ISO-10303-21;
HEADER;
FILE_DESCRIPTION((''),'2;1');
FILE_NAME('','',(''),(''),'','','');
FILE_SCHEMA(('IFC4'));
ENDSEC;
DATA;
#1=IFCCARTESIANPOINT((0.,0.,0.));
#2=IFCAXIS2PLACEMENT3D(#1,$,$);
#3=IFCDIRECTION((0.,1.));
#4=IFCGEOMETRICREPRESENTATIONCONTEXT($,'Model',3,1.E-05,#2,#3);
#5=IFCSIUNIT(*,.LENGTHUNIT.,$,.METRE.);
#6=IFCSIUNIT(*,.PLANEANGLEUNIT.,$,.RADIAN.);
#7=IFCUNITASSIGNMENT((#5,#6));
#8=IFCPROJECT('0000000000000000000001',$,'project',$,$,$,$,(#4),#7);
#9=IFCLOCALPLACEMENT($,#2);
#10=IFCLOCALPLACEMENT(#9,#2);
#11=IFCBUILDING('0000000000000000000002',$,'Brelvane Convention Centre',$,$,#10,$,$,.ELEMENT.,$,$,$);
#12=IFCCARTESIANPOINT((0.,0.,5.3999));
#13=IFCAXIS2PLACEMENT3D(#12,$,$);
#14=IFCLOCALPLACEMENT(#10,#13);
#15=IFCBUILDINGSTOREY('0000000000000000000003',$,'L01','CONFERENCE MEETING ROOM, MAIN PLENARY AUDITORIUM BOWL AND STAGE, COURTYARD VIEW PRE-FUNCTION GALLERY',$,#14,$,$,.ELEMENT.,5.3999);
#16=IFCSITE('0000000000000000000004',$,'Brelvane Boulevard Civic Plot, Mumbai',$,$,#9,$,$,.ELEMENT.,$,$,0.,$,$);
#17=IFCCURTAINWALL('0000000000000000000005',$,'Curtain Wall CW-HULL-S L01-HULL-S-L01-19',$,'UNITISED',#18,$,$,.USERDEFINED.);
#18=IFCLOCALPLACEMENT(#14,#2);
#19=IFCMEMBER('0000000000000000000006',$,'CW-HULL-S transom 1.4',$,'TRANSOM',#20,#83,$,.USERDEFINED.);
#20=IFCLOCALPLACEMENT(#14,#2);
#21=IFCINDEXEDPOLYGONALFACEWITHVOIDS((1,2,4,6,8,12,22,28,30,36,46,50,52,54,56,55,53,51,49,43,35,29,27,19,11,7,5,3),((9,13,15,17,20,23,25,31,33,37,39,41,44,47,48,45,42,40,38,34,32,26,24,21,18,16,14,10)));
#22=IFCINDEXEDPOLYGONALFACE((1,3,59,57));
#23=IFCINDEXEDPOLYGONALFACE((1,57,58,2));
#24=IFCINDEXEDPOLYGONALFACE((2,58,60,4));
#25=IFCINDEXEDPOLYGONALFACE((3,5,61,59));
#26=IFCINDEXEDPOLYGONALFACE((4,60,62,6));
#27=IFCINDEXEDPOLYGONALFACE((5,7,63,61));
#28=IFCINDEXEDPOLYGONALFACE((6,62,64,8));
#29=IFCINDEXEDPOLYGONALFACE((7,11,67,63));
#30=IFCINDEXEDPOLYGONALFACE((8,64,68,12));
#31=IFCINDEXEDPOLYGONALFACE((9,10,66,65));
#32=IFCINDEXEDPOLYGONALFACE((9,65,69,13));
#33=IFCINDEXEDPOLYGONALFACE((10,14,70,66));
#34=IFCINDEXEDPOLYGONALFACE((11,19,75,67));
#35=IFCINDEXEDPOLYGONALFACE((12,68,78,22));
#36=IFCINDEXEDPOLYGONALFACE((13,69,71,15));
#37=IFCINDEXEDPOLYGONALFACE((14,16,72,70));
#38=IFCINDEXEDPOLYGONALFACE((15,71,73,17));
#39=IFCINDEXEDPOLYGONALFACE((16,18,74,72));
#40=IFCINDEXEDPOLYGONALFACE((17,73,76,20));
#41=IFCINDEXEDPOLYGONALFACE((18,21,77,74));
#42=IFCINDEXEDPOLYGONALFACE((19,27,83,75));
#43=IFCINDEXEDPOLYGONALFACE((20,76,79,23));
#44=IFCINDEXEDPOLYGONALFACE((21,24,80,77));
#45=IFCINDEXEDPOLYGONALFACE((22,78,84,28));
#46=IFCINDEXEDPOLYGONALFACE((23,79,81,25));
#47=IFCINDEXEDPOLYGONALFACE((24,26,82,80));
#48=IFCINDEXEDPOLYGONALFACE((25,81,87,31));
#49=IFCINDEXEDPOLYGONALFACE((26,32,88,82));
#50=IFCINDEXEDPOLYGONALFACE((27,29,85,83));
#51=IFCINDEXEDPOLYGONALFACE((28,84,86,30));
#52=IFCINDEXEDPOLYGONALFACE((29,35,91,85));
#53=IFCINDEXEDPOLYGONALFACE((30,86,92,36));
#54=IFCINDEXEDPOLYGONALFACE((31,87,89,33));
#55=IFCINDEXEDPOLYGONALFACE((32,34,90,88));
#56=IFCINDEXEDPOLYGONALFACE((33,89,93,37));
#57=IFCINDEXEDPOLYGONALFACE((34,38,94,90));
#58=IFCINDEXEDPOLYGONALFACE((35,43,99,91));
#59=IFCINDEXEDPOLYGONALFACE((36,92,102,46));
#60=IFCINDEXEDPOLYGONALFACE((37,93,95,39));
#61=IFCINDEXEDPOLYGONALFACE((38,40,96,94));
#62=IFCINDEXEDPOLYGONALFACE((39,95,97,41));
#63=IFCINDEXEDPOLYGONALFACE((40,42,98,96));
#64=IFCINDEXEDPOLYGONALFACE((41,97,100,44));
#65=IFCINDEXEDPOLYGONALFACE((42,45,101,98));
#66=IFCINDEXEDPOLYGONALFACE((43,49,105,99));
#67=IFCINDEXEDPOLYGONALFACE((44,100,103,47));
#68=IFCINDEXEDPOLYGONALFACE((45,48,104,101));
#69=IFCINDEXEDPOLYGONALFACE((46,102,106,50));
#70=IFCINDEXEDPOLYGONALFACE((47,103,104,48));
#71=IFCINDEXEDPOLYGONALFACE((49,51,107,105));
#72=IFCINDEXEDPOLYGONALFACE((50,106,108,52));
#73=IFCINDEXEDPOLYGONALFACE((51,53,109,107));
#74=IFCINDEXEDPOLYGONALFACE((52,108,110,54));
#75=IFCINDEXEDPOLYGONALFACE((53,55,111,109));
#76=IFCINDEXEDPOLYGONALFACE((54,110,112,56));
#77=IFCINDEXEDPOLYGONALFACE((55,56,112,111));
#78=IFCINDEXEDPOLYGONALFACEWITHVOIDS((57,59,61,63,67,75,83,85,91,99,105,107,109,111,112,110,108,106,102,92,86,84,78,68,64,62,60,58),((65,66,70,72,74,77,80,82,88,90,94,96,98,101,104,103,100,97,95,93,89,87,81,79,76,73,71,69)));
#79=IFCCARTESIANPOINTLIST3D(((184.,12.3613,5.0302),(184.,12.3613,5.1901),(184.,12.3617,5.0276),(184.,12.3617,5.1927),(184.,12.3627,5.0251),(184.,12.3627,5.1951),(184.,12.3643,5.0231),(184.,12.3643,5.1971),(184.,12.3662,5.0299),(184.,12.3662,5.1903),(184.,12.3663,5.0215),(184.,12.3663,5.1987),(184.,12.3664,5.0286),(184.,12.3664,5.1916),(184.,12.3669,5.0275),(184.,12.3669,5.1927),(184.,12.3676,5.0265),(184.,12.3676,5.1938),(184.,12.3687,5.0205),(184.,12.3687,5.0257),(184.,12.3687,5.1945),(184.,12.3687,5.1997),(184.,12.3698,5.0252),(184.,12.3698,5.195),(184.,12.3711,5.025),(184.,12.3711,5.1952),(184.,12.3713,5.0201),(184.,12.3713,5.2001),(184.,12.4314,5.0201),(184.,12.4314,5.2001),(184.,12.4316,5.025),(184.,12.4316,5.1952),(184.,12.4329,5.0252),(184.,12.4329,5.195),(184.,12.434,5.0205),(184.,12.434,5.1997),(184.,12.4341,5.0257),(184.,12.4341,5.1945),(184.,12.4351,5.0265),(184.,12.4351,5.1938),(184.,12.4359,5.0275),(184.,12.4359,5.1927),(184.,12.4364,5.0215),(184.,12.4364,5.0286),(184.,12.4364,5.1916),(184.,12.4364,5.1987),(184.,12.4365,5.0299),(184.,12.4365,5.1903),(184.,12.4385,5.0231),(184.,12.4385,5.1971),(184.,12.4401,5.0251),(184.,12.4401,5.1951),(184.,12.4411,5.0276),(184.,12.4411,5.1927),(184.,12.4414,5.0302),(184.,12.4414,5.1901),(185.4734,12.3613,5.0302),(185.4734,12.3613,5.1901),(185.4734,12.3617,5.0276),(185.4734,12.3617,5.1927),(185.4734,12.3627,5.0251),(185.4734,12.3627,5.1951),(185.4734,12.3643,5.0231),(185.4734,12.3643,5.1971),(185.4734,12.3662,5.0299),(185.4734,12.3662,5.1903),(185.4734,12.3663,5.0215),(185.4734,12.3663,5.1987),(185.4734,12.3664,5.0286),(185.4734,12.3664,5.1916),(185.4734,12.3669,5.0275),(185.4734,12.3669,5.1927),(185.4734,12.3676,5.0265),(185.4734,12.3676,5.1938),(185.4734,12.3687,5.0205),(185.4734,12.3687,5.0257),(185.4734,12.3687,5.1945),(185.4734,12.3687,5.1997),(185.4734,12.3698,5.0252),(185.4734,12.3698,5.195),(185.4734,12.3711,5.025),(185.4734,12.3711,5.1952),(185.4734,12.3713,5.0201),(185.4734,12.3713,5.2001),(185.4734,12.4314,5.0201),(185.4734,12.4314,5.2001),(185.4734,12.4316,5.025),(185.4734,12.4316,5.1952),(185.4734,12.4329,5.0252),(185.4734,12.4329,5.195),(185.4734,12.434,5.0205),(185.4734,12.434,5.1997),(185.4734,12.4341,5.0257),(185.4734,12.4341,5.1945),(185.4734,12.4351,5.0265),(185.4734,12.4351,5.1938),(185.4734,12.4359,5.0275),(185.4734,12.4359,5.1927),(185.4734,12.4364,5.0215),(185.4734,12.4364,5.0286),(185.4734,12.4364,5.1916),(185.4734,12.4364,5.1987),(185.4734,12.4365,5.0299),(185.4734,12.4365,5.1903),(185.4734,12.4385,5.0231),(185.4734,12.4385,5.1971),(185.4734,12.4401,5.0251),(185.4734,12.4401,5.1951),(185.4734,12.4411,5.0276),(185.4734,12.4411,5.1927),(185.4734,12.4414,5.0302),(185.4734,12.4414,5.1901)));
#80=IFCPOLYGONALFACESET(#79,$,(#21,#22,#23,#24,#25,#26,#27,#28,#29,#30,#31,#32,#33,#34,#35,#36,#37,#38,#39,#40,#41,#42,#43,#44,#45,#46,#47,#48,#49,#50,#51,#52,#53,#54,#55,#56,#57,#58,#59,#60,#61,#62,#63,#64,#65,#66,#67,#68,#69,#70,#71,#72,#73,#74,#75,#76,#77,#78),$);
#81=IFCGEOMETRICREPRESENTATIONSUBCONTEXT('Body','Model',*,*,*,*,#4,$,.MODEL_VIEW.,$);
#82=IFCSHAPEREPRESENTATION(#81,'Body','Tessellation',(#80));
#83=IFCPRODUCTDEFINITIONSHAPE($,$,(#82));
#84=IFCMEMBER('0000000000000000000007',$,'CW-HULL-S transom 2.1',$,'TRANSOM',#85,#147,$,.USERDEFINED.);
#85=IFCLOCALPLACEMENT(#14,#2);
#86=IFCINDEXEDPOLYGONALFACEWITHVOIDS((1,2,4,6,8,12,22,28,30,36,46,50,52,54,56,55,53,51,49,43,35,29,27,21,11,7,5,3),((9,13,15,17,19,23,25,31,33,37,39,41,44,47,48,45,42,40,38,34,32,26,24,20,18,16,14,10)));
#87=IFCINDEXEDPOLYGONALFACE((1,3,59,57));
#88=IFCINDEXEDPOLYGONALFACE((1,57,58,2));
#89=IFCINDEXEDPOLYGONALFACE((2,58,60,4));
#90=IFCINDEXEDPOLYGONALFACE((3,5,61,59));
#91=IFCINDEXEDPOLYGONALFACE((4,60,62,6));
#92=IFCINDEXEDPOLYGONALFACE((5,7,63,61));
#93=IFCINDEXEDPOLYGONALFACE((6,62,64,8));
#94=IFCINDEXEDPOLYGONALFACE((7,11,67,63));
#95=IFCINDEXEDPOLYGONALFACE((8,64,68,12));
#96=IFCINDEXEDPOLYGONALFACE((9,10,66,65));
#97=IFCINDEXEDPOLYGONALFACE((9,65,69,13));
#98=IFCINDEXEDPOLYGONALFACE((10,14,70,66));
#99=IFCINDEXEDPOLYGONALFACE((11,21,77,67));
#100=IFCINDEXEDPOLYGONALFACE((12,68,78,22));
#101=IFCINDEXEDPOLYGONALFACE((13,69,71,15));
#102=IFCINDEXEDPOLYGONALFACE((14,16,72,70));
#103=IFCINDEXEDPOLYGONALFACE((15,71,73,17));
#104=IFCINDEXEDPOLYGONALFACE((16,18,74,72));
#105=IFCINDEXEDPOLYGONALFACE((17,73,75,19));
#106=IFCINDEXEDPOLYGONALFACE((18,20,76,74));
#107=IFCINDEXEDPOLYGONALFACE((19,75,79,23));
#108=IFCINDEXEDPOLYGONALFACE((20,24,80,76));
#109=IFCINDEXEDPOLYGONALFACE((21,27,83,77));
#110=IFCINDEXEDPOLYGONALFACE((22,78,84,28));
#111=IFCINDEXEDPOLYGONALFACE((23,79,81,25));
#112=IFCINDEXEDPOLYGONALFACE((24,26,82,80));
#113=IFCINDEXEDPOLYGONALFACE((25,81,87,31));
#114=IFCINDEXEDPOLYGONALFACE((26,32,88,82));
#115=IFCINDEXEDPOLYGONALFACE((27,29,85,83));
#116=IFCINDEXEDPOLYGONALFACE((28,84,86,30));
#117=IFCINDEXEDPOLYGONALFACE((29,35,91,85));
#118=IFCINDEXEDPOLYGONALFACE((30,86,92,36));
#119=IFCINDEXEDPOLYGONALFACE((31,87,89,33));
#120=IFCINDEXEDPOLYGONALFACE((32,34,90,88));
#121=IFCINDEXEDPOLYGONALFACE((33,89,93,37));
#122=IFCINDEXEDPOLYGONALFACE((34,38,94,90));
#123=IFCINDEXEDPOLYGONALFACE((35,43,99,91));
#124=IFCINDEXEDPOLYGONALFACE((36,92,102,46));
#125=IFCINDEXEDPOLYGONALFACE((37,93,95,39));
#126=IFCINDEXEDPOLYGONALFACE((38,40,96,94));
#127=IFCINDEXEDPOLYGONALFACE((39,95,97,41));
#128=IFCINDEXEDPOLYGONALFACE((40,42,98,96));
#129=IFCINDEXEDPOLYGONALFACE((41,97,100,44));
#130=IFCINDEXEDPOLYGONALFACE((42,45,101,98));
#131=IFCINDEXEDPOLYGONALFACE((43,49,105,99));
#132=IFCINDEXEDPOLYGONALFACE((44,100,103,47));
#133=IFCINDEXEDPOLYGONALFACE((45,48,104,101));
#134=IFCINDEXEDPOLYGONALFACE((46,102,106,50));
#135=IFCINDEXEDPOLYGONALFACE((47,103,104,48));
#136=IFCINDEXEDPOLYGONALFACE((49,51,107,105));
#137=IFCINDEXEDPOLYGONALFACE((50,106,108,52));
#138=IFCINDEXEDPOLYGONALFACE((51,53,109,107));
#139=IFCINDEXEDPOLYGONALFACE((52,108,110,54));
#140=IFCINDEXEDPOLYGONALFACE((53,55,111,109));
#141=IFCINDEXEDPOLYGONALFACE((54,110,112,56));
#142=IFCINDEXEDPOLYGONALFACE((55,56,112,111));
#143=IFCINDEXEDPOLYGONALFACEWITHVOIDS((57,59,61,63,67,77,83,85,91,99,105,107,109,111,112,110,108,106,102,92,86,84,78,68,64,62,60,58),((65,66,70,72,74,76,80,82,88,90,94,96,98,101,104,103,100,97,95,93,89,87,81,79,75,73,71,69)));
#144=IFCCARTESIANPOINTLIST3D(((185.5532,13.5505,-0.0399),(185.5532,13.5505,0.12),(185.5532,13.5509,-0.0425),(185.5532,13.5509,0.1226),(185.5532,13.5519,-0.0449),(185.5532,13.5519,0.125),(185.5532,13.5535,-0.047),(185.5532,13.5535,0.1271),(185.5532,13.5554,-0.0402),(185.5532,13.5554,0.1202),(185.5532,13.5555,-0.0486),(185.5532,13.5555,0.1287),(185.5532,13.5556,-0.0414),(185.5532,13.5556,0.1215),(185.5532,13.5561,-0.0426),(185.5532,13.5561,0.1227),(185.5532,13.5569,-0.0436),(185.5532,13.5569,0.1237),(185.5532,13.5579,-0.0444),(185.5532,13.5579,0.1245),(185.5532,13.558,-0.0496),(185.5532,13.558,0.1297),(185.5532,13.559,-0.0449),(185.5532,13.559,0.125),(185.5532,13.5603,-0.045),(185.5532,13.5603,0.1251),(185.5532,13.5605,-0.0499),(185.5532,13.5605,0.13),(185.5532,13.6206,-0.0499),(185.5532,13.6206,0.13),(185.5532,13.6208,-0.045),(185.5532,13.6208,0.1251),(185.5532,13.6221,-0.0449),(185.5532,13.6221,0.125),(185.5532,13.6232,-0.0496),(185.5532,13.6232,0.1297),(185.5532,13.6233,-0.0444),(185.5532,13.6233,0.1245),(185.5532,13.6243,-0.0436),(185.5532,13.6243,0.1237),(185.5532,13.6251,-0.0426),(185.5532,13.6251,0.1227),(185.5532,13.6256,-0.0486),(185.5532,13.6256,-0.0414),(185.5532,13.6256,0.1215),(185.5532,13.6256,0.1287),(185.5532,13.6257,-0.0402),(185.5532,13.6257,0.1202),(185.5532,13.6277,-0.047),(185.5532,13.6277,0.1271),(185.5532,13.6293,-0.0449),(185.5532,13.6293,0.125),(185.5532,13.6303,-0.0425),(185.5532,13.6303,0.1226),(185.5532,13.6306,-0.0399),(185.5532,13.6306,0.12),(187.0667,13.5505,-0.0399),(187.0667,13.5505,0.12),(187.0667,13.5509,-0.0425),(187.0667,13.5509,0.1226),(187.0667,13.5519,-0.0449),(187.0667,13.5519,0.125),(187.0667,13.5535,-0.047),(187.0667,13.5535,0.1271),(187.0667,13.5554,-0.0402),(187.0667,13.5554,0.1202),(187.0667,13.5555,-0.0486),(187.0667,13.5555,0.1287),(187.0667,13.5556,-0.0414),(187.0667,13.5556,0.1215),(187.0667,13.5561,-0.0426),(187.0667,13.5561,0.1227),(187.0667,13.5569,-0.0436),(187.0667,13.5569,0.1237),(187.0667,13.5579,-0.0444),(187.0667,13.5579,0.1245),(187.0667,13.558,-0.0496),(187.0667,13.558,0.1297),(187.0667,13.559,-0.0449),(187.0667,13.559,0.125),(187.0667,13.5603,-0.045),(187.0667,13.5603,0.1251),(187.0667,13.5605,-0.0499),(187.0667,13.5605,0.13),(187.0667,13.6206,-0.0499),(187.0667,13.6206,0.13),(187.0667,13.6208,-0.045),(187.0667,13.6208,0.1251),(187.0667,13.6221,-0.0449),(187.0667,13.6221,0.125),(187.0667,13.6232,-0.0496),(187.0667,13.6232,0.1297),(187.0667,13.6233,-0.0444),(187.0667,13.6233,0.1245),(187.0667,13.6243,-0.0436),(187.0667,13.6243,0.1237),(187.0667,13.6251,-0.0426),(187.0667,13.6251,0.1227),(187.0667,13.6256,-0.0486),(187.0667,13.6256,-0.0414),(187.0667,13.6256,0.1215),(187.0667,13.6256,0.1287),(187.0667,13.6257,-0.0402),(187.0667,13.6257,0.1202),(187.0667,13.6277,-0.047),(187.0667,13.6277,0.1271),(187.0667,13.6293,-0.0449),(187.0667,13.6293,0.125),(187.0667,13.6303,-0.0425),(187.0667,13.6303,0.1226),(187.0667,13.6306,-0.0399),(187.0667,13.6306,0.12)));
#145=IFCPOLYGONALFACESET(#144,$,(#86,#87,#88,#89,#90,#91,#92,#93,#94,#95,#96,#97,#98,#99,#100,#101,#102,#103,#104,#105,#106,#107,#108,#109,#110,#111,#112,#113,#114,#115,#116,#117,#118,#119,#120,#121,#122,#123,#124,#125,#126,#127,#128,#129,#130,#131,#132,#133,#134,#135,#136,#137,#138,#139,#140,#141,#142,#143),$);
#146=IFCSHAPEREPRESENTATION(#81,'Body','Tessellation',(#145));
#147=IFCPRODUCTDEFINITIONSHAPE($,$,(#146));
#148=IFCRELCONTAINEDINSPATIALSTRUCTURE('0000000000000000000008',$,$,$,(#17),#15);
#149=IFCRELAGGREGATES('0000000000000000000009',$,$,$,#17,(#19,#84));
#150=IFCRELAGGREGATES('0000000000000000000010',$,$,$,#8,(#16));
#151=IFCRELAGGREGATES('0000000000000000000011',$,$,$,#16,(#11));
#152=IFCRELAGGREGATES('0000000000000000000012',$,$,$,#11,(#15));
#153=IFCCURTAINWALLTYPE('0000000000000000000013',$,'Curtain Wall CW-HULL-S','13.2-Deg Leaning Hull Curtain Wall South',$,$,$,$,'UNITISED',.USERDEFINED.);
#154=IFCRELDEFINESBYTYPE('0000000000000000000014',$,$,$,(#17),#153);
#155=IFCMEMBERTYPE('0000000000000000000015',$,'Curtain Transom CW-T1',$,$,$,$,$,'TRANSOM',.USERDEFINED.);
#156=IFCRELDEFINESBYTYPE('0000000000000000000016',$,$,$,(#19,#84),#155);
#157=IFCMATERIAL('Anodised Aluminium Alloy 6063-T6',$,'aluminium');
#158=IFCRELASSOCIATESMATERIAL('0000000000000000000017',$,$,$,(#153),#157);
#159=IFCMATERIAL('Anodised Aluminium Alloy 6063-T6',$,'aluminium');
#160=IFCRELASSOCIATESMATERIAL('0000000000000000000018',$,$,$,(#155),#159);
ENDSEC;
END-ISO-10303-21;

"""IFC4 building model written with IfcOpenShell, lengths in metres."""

from ifc_helpers import new_model, si_unit, direction, frame, origin, origin_2d, place, context, subcontext, project, spatial, hollow_rectangle, extrude, material, material_profile, profile_set, type_object, element, aggregate, save


model = new_model("IFC4")

# Units and contexts
model_context = context("Model", 3, precision=1e-05, world=origin(), true_north=direction((0.0, 1.0)))
body_context = subcontext(model_context, "Body", "Model", "MODEL_VIEW")
ifc_project = project(units=[si_unit("LENGTHUNIT", "METRE"), si_unit("PLANEANGLEUNIT", "RADIAN")], contexts=[model_context])

# Site, building, storey
site_placement = place(None, origin())
site = spatial("IfcSite", under=ifc_project, at=site_placement, Name="Brelvane Boulevard Civic Plot, Mumbai", CompositionType="ELEMENT", RefElevation=0.0)
building_placement = place(site_placement, origin())
building = spatial("IfcBuilding", under=site, at=building_placement, Name="Brelvane Convention Centre", CompositionType="ELEMENT")
storey_placement = place(building_placement, frame((0.0, 0.0, 5.3999)))
storey = spatial("IfcBuildingStorey", under=building, at=storey_placement, Name="L01", Description="CONFERENCE MEETING ROOM, MAIN PLENARY AUDITORIUM BOWL AND STAGE, COURTYARD VIEW PRE-FUNCTION GALLERY", CompositionType="ELEMENT", Elevation=5.3999)

# Curtain wall, members
ifc_material_1 = material(Name="Anodised Aluminium Alloy 6063-T6", Category="aluminium")
curtain_wall_type = type_object("IfcCurtainWallType", Name="Curtain Wall CW-HULL-S", Description="13.2-Deg Leaning Hull Curtain Wall South", ElementType="UNITISED", PredefinedType="USERDEFINED", material=ifc_material_1)
ifc_material_2 = material(Name="Anodised Aluminium Alloy 6063-T6", Category="aluminium")
ifc_material_profile = material_profile(ifc_material_2, hollow_rectangle(XDim=0.0801, YDim=0.1799, WallThickness=0.0049, InnerFilletRadius=0.0049, OuterFilletRadius=0.01, at=origin_2d()), Name="ALU-T 180x80x5.0")
ifc_profile_set = profile_set([ifc_material_profile], Name="Anodised Aluminium Alloy 6063-T6")
member_type = type_object("IfcMemberType", Name="Curtain Transom CW-T1", ElementType="TRANSOM", PredefinedType="USERDEFINED", material=ifc_profile_set)
curtain_wall_1_placement = place(storey_placement, origin())
curtain_wall_1 = element("IfcCurtainWall", 1, at=curtain_wall_1_placement, inside=storey, type_object=curtain_wall_type, Name="Curtain Wall CW-HULL-S L01-HULL-S-L01-19", ObjectType="UNITISED", PredefinedType="USERDEFINED")
member_1_placement = place(storey_placement, frame((184.0, 12.4014, 5.1101), z_axis=(1.0, 0.0, 0.0), x_axis=(0.0, 1.0, 0.0)))
member_1 = element("IfcMember", 2, at=member_1_placement, type_object=member_type, Name="CW-HULL-S transom 1.4", ObjectType="TRANSOM", PredefinedType="USERDEFINED", context=body_context, shape_type="SweptSolid", body=[
    extrude(hollow_rectangle(XDim=0.0801, YDim=0.1799, WallThickness=0.0049, InnerFilletRadius=0.0049, OuterFilletRadius=0.01, at=origin_2d()), origin(), (0.0, 0.0, 1.0), 1.4734),
])
member_2_placement = place(storey_placement, frame((185.5532, 13.5906, 0.04), z_axis=(1.0, 0.0, 0.0), x_axis=(0.0, 1.0, 0.0)))
member_2 = element("IfcMember", 3, at=member_2_placement, type_object=member_type, Name="CW-HULL-S transom 2.1", ObjectType="TRANSOM", PredefinedType="USERDEFINED", context=body_context, shape_type="SweptSolid", body=[
    extrude(hollow_rectangle(XDim=0.0801, YDim=0.1799, WallThickness=0.0049, InnerFilletRadius=0.0049, OuterFilletRadius=0.01, at=origin_2d()), origin(), (0.0, 0.0, 1.0), 1.5134),
])

aggregate(curtain_wall_1, [member_1, member_2])

save(model, "model.ifc")
